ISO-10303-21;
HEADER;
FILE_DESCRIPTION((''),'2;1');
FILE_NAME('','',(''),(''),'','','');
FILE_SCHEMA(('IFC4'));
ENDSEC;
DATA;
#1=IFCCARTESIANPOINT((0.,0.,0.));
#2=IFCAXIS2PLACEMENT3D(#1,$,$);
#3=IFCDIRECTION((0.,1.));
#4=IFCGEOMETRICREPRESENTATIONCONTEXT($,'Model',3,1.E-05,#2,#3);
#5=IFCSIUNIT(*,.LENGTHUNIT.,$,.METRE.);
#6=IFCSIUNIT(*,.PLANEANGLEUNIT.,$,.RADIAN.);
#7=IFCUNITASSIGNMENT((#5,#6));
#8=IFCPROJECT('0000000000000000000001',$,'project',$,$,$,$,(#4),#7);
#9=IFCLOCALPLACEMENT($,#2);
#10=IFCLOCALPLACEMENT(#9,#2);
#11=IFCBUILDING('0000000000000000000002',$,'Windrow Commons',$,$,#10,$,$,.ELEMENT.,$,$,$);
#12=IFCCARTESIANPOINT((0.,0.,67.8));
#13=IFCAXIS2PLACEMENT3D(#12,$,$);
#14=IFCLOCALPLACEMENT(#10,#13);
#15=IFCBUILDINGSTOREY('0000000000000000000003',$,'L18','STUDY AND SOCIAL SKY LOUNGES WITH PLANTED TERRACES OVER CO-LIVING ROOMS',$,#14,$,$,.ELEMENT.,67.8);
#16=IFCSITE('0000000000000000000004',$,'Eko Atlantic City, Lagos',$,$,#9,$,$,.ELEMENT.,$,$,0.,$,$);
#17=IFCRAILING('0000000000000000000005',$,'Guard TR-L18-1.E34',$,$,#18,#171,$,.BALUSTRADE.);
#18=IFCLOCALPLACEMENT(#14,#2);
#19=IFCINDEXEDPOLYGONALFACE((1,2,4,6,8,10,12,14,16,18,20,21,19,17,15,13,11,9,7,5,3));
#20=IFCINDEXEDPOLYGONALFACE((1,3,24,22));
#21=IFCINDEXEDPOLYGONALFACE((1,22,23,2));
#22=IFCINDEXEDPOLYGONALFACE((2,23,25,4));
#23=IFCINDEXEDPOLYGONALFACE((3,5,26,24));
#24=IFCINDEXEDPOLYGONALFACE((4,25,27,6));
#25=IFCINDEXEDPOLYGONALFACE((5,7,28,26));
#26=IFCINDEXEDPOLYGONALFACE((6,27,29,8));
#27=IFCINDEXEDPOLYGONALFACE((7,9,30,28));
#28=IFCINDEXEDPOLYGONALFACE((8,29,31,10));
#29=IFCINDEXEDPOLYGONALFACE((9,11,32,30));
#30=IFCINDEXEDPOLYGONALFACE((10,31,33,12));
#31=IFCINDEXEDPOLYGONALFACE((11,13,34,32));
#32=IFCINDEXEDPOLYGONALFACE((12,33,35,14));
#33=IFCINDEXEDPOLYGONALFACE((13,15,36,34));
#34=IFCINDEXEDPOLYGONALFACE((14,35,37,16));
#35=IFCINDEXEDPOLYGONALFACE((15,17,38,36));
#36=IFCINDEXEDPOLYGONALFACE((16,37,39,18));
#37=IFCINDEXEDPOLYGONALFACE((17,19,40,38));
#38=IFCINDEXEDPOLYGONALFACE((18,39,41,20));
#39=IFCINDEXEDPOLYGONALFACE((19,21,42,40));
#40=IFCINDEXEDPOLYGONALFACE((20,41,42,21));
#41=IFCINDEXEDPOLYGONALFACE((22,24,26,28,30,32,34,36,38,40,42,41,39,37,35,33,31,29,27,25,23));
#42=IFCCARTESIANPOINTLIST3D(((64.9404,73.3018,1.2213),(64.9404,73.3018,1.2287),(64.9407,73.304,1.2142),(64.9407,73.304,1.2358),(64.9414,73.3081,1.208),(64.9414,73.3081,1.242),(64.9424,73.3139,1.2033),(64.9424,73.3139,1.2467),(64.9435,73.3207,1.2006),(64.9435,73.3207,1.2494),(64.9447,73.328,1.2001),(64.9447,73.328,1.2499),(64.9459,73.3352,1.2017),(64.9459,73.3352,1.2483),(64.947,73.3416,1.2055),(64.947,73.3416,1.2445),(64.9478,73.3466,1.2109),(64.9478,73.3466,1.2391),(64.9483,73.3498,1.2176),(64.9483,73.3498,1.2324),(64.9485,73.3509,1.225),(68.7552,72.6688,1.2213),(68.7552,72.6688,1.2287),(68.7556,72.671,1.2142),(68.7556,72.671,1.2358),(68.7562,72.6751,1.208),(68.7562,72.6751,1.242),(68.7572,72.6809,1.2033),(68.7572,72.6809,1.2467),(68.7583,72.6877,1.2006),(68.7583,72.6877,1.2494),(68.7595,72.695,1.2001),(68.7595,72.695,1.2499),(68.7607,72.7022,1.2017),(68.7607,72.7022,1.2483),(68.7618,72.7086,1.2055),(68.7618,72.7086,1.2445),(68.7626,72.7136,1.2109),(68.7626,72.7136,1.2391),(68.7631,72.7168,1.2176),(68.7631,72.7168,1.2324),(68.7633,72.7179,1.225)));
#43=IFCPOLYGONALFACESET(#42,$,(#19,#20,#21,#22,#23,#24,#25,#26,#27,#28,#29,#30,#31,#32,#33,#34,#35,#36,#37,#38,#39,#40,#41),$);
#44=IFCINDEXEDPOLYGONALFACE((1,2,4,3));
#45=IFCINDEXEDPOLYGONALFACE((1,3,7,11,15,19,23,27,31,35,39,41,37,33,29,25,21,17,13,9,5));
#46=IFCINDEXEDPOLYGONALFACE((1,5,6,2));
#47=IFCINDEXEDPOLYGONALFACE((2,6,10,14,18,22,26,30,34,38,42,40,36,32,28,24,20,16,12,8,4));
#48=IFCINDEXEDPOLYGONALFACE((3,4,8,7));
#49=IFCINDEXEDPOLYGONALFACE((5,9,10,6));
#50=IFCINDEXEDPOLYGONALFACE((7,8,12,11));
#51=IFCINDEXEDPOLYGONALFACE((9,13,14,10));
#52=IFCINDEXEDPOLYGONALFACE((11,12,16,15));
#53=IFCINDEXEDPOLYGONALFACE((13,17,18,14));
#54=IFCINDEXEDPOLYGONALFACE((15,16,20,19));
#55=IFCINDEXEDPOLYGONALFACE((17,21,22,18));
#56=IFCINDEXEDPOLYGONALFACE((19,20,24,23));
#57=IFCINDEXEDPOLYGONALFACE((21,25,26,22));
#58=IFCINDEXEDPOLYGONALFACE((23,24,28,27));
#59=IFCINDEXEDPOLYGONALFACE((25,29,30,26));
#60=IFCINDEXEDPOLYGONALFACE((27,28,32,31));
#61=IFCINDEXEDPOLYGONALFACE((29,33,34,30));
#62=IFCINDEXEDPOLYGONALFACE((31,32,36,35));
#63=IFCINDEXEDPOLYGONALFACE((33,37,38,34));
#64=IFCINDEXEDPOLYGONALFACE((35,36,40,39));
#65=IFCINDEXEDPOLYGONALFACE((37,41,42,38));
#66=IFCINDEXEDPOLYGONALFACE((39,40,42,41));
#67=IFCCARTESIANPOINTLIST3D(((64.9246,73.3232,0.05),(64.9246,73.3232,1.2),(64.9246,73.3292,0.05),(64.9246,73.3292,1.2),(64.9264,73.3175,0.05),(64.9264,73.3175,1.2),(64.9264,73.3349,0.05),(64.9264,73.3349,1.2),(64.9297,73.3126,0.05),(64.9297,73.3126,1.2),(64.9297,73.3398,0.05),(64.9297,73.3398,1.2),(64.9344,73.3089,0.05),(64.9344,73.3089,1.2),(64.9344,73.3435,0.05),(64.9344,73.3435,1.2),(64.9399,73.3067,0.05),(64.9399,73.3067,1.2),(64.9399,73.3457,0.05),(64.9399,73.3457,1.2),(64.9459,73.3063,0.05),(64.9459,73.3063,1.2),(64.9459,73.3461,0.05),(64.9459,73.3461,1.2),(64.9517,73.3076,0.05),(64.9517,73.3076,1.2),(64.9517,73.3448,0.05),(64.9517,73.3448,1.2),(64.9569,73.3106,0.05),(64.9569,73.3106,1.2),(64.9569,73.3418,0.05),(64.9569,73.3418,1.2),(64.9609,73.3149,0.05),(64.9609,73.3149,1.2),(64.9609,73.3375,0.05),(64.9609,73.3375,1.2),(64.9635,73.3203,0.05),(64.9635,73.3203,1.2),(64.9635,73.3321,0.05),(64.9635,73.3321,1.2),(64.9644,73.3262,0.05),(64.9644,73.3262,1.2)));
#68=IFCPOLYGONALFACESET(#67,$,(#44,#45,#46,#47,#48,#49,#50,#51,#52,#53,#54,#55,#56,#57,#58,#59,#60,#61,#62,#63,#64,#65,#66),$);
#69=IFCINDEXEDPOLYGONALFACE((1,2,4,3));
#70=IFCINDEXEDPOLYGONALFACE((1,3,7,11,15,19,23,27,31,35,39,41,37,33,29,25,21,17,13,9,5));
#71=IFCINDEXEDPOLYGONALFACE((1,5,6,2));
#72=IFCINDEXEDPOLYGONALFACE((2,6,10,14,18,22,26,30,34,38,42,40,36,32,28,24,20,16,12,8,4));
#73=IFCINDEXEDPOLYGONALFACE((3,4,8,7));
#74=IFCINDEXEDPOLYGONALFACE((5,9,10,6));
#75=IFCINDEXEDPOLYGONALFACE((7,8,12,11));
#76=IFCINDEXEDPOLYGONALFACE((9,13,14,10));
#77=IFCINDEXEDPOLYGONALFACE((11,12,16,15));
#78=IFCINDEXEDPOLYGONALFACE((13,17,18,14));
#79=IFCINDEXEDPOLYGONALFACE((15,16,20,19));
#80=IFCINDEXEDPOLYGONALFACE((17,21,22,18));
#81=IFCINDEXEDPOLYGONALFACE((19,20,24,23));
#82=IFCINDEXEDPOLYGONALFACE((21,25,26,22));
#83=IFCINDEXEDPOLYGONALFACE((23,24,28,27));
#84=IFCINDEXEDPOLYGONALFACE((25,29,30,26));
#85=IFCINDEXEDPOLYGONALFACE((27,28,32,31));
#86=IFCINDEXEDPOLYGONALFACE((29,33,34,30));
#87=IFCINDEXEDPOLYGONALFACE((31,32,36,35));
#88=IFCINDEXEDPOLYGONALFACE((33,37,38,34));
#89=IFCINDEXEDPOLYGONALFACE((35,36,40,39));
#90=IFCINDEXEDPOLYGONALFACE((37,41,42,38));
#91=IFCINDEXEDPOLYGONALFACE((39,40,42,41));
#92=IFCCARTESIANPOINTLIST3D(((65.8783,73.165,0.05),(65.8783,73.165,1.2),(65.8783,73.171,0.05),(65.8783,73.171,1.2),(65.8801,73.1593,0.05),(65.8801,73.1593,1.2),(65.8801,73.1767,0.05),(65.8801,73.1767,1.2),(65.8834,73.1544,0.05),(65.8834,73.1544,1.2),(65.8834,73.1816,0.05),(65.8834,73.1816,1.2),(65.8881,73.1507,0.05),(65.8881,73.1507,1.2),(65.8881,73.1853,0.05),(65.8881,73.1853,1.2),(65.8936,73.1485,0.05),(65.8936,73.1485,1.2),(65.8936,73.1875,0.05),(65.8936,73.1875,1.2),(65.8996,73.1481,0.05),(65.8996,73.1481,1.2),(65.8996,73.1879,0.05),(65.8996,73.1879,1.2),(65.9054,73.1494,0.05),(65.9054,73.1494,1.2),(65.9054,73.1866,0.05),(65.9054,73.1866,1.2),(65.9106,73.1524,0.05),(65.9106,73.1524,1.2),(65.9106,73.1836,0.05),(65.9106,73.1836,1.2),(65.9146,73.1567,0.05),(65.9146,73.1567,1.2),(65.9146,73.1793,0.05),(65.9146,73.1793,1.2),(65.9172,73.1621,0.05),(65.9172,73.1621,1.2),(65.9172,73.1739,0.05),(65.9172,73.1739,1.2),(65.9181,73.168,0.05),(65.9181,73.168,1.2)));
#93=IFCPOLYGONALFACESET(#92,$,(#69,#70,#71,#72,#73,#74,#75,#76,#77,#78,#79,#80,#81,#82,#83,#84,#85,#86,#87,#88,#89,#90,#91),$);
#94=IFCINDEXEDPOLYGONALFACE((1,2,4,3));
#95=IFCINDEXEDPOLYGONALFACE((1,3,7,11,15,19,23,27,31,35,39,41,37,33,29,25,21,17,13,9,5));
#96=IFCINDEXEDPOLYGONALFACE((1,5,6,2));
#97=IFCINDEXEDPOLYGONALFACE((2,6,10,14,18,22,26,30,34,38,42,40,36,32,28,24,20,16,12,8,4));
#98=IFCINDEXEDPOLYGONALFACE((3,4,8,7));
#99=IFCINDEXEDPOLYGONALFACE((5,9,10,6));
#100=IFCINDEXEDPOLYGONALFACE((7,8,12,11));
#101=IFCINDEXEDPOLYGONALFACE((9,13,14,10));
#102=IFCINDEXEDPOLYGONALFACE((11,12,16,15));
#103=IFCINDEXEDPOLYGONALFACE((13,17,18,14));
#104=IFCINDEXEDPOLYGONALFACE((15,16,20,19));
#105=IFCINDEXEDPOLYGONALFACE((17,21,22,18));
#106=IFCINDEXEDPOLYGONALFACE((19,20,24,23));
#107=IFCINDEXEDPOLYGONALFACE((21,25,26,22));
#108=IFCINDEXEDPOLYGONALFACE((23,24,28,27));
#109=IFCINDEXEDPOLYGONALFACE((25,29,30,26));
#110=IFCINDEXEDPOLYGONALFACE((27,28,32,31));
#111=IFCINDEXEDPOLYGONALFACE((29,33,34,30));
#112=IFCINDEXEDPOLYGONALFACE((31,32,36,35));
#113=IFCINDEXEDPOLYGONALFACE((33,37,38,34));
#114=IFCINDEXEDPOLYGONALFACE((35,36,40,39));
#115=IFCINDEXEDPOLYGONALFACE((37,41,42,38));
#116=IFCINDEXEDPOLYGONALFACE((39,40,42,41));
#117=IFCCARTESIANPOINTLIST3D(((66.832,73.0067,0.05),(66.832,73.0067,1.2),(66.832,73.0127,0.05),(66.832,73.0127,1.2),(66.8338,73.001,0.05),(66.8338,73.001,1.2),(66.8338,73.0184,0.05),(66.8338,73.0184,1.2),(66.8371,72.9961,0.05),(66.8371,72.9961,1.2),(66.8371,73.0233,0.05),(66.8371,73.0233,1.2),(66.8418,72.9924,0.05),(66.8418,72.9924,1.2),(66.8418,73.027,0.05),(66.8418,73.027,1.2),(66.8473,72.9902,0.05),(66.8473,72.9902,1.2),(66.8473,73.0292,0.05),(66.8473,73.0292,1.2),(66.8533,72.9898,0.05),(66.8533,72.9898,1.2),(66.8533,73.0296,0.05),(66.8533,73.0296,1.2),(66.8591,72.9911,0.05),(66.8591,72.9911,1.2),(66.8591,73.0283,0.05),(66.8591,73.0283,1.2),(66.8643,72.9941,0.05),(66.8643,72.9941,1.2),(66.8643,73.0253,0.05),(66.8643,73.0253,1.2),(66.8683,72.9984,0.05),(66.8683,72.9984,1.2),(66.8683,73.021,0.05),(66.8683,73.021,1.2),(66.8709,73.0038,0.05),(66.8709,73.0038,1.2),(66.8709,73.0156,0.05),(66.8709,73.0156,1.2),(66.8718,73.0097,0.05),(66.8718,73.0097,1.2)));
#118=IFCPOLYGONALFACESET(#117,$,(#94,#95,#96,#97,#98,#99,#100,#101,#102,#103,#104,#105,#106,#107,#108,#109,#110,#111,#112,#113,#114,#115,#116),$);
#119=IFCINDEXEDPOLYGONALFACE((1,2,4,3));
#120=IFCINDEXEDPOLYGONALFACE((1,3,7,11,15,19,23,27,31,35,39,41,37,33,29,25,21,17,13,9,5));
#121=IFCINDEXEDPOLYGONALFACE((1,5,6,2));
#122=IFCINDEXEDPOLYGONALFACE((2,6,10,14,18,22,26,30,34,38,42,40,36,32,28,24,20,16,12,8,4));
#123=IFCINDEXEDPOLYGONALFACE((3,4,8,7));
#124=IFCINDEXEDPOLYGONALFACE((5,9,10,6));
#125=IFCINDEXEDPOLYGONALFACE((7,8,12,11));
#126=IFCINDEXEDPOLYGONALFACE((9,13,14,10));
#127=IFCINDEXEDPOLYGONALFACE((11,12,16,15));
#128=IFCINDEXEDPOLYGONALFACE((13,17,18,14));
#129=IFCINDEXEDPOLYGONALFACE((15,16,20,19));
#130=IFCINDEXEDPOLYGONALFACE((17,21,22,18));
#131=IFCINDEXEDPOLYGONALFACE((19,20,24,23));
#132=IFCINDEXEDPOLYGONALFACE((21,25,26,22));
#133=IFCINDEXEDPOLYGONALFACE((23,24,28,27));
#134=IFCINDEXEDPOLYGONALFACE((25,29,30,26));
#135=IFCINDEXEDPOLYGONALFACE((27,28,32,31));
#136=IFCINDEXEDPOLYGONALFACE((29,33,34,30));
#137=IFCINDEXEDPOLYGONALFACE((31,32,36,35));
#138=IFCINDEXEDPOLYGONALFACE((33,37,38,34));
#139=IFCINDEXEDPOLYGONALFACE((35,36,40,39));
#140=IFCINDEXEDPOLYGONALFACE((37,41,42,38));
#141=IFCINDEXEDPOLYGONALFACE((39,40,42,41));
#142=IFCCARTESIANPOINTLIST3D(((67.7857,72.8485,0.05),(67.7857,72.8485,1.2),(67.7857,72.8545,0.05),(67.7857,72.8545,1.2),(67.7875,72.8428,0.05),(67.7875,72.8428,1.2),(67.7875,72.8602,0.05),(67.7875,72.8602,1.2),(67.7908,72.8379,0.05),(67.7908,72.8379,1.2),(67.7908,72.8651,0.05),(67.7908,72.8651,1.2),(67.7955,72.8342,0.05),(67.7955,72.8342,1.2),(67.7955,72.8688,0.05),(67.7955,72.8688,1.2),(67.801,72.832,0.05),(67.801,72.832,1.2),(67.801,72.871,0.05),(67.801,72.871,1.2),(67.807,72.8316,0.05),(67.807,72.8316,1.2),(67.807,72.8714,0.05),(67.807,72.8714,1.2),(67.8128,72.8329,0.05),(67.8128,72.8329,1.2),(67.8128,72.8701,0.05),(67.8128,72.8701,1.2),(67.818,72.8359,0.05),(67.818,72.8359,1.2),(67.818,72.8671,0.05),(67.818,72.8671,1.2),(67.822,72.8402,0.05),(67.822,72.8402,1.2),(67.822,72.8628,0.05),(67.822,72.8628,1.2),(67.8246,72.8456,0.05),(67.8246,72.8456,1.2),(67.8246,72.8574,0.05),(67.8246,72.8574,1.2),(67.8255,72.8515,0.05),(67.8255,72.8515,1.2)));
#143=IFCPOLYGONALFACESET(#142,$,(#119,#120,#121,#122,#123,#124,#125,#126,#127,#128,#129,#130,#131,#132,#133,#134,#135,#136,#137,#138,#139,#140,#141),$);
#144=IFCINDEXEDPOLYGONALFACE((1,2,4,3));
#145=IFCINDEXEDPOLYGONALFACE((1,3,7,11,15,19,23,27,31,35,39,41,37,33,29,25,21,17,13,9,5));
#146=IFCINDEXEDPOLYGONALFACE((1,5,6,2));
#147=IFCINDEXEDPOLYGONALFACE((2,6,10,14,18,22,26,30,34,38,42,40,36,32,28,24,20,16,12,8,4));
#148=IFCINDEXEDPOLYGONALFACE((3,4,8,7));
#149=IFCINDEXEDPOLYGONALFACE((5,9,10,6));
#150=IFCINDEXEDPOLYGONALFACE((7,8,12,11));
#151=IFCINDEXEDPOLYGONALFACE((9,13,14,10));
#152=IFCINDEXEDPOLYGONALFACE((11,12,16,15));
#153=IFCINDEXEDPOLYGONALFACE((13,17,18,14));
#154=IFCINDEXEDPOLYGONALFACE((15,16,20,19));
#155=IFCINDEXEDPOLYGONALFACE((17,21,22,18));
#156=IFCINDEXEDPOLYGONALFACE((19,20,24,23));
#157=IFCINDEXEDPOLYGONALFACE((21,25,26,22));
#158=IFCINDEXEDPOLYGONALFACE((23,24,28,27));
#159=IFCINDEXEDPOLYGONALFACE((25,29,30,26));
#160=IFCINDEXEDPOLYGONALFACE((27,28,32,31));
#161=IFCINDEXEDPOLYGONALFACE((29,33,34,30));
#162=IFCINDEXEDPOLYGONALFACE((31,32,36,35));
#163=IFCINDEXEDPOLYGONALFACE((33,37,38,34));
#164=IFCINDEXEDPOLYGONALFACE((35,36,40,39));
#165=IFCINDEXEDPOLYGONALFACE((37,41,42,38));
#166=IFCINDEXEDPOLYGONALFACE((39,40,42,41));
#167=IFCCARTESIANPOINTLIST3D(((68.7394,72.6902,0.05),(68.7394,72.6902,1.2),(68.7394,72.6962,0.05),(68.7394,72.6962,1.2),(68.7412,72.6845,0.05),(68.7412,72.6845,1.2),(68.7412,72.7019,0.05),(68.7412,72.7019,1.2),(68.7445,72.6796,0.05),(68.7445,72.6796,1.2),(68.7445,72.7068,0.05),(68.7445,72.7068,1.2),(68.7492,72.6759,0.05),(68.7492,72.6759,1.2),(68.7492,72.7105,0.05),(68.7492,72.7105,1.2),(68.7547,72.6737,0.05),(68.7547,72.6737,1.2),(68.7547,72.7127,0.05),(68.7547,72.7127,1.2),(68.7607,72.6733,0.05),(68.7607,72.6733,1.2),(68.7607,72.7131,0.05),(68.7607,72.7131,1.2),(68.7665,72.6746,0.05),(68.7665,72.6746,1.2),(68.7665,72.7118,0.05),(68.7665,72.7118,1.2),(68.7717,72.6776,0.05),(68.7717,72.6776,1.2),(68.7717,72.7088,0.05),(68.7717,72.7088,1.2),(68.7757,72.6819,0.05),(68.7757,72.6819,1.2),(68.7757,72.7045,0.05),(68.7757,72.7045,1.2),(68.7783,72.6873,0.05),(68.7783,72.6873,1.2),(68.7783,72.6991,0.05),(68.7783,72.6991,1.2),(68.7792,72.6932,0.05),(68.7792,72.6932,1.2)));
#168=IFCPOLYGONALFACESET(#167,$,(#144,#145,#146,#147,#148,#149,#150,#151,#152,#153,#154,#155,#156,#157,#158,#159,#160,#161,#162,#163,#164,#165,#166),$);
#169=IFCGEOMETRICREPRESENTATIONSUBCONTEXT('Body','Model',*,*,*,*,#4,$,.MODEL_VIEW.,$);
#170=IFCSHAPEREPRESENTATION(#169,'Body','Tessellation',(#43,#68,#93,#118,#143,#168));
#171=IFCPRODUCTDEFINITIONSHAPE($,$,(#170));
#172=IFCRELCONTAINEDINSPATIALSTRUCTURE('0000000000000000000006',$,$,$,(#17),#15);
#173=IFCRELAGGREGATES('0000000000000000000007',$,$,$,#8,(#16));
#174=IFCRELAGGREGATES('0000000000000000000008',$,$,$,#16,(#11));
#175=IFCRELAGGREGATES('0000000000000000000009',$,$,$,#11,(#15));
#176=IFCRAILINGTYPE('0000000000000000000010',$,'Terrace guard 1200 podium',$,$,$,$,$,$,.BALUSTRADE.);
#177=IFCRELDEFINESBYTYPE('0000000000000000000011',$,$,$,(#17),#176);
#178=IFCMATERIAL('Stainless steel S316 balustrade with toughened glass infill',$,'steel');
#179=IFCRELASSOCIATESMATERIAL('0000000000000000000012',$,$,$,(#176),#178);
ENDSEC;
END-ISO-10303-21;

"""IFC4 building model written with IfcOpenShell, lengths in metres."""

from ifc_helpers import new_model, si_unit, direction, frame, origin, origin_2d, place, context, subcontext, project, spatial, circle, extrude, material, type_object, element, save


model = new_model("IFC4")

# Units and contexts
model_context = context("Model", 3, precision=1e-05, world=origin(), true_north=direction((0.0, 1.0)))
body_context = subcontext(model_context, "Body", "Model", "MODEL_VIEW")
ifc_project = project(units=[si_unit("LENGTHUNIT", "METRE"), si_unit("PLANEANGLEUNIT", "RADIAN")], contexts=[model_context])

# Site, building, storey
site_placement = place(None, origin())
site = spatial("IfcSite", under=ifc_project, at=site_placement, Name="Eko Atlantic City, Lagos", CompositionType="ELEMENT", RefElevation=0.0)
building_placement = place(site_placement, origin())
building = spatial("IfcBuilding", under=site, at=building_placement, Name="Windrow Commons", CompositionType="ELEMENT")
storey_placement = place(building_placement, frame((0.0, 0.0, 67.8)))
storey = spatial("IfcBuildingStorey", under=building, at=storey_placement, Name="L18", Description="STUDY AND SOCIAL SKY LOUNGES WITH PLANTED TERRACES OVER CO-LIVING ROOMS", CompositionType="ELEMENT", Elevation=67.8)

# Railing
ifc_material_1 = material(Name="Stainless steel S316 balustrade with toughened glass infill", Category="steel")
railing_type_1 = type_object("IfcRailingType", Name="Terrace guard 1200 podium", PredefinedType="BALUSTRADE", material=ifc_material_1)
railing_1_placement = place(storey_placement, frame((64.9444, 73.3262, 0.05)))
element("IfcRailing", 1, at=railing_1_placement, inside=storey, type_object=railing_type_1, Name="Guard TR-L18-1.E34", PredefinedType="BALUSTRADE", context=body_context, shape_type="SweptSolid", body=[
    extrude(circle(Radius=0.025, at=origin_2d()), frame((0.0, 0.0, 1.175), z_axis=(0.986511, -0.163694, 0.0), x_axis=(0.163694, 0.986511, 0.0)), (0.0, 0.0, 1.0), 3.867),
    extrude(circle(Radius=0.02, at=origin_2d()), origin(), (0.0, 0.0, 1.0), 1.15),
    extrude(circle(Radius=0.02, at=origin_2d()), frame((0.9537, -0.1582, 0.0)), (0.0, 0.0, 1.0), 1.15),
    extrude(circle(Radius=0.02, at=origin_2d()), frame((1.9074, -0.3165, 0.0)), (0.0, 0.0, 1.0), 1.15),
    extrude(circle(Radius=0.02, at=origin_2d()), frame((2.8611, -0.4747, 0.0)), (0.0, 0.0, 1.0), 1.15),
    extrude(circle(Radius=0.02, at=origin_2d()), frame((3.8148, -0.633, 0.0)), (0.0, 0.0, 1.0), 1.15),
])

save(model, "model.ifc")
